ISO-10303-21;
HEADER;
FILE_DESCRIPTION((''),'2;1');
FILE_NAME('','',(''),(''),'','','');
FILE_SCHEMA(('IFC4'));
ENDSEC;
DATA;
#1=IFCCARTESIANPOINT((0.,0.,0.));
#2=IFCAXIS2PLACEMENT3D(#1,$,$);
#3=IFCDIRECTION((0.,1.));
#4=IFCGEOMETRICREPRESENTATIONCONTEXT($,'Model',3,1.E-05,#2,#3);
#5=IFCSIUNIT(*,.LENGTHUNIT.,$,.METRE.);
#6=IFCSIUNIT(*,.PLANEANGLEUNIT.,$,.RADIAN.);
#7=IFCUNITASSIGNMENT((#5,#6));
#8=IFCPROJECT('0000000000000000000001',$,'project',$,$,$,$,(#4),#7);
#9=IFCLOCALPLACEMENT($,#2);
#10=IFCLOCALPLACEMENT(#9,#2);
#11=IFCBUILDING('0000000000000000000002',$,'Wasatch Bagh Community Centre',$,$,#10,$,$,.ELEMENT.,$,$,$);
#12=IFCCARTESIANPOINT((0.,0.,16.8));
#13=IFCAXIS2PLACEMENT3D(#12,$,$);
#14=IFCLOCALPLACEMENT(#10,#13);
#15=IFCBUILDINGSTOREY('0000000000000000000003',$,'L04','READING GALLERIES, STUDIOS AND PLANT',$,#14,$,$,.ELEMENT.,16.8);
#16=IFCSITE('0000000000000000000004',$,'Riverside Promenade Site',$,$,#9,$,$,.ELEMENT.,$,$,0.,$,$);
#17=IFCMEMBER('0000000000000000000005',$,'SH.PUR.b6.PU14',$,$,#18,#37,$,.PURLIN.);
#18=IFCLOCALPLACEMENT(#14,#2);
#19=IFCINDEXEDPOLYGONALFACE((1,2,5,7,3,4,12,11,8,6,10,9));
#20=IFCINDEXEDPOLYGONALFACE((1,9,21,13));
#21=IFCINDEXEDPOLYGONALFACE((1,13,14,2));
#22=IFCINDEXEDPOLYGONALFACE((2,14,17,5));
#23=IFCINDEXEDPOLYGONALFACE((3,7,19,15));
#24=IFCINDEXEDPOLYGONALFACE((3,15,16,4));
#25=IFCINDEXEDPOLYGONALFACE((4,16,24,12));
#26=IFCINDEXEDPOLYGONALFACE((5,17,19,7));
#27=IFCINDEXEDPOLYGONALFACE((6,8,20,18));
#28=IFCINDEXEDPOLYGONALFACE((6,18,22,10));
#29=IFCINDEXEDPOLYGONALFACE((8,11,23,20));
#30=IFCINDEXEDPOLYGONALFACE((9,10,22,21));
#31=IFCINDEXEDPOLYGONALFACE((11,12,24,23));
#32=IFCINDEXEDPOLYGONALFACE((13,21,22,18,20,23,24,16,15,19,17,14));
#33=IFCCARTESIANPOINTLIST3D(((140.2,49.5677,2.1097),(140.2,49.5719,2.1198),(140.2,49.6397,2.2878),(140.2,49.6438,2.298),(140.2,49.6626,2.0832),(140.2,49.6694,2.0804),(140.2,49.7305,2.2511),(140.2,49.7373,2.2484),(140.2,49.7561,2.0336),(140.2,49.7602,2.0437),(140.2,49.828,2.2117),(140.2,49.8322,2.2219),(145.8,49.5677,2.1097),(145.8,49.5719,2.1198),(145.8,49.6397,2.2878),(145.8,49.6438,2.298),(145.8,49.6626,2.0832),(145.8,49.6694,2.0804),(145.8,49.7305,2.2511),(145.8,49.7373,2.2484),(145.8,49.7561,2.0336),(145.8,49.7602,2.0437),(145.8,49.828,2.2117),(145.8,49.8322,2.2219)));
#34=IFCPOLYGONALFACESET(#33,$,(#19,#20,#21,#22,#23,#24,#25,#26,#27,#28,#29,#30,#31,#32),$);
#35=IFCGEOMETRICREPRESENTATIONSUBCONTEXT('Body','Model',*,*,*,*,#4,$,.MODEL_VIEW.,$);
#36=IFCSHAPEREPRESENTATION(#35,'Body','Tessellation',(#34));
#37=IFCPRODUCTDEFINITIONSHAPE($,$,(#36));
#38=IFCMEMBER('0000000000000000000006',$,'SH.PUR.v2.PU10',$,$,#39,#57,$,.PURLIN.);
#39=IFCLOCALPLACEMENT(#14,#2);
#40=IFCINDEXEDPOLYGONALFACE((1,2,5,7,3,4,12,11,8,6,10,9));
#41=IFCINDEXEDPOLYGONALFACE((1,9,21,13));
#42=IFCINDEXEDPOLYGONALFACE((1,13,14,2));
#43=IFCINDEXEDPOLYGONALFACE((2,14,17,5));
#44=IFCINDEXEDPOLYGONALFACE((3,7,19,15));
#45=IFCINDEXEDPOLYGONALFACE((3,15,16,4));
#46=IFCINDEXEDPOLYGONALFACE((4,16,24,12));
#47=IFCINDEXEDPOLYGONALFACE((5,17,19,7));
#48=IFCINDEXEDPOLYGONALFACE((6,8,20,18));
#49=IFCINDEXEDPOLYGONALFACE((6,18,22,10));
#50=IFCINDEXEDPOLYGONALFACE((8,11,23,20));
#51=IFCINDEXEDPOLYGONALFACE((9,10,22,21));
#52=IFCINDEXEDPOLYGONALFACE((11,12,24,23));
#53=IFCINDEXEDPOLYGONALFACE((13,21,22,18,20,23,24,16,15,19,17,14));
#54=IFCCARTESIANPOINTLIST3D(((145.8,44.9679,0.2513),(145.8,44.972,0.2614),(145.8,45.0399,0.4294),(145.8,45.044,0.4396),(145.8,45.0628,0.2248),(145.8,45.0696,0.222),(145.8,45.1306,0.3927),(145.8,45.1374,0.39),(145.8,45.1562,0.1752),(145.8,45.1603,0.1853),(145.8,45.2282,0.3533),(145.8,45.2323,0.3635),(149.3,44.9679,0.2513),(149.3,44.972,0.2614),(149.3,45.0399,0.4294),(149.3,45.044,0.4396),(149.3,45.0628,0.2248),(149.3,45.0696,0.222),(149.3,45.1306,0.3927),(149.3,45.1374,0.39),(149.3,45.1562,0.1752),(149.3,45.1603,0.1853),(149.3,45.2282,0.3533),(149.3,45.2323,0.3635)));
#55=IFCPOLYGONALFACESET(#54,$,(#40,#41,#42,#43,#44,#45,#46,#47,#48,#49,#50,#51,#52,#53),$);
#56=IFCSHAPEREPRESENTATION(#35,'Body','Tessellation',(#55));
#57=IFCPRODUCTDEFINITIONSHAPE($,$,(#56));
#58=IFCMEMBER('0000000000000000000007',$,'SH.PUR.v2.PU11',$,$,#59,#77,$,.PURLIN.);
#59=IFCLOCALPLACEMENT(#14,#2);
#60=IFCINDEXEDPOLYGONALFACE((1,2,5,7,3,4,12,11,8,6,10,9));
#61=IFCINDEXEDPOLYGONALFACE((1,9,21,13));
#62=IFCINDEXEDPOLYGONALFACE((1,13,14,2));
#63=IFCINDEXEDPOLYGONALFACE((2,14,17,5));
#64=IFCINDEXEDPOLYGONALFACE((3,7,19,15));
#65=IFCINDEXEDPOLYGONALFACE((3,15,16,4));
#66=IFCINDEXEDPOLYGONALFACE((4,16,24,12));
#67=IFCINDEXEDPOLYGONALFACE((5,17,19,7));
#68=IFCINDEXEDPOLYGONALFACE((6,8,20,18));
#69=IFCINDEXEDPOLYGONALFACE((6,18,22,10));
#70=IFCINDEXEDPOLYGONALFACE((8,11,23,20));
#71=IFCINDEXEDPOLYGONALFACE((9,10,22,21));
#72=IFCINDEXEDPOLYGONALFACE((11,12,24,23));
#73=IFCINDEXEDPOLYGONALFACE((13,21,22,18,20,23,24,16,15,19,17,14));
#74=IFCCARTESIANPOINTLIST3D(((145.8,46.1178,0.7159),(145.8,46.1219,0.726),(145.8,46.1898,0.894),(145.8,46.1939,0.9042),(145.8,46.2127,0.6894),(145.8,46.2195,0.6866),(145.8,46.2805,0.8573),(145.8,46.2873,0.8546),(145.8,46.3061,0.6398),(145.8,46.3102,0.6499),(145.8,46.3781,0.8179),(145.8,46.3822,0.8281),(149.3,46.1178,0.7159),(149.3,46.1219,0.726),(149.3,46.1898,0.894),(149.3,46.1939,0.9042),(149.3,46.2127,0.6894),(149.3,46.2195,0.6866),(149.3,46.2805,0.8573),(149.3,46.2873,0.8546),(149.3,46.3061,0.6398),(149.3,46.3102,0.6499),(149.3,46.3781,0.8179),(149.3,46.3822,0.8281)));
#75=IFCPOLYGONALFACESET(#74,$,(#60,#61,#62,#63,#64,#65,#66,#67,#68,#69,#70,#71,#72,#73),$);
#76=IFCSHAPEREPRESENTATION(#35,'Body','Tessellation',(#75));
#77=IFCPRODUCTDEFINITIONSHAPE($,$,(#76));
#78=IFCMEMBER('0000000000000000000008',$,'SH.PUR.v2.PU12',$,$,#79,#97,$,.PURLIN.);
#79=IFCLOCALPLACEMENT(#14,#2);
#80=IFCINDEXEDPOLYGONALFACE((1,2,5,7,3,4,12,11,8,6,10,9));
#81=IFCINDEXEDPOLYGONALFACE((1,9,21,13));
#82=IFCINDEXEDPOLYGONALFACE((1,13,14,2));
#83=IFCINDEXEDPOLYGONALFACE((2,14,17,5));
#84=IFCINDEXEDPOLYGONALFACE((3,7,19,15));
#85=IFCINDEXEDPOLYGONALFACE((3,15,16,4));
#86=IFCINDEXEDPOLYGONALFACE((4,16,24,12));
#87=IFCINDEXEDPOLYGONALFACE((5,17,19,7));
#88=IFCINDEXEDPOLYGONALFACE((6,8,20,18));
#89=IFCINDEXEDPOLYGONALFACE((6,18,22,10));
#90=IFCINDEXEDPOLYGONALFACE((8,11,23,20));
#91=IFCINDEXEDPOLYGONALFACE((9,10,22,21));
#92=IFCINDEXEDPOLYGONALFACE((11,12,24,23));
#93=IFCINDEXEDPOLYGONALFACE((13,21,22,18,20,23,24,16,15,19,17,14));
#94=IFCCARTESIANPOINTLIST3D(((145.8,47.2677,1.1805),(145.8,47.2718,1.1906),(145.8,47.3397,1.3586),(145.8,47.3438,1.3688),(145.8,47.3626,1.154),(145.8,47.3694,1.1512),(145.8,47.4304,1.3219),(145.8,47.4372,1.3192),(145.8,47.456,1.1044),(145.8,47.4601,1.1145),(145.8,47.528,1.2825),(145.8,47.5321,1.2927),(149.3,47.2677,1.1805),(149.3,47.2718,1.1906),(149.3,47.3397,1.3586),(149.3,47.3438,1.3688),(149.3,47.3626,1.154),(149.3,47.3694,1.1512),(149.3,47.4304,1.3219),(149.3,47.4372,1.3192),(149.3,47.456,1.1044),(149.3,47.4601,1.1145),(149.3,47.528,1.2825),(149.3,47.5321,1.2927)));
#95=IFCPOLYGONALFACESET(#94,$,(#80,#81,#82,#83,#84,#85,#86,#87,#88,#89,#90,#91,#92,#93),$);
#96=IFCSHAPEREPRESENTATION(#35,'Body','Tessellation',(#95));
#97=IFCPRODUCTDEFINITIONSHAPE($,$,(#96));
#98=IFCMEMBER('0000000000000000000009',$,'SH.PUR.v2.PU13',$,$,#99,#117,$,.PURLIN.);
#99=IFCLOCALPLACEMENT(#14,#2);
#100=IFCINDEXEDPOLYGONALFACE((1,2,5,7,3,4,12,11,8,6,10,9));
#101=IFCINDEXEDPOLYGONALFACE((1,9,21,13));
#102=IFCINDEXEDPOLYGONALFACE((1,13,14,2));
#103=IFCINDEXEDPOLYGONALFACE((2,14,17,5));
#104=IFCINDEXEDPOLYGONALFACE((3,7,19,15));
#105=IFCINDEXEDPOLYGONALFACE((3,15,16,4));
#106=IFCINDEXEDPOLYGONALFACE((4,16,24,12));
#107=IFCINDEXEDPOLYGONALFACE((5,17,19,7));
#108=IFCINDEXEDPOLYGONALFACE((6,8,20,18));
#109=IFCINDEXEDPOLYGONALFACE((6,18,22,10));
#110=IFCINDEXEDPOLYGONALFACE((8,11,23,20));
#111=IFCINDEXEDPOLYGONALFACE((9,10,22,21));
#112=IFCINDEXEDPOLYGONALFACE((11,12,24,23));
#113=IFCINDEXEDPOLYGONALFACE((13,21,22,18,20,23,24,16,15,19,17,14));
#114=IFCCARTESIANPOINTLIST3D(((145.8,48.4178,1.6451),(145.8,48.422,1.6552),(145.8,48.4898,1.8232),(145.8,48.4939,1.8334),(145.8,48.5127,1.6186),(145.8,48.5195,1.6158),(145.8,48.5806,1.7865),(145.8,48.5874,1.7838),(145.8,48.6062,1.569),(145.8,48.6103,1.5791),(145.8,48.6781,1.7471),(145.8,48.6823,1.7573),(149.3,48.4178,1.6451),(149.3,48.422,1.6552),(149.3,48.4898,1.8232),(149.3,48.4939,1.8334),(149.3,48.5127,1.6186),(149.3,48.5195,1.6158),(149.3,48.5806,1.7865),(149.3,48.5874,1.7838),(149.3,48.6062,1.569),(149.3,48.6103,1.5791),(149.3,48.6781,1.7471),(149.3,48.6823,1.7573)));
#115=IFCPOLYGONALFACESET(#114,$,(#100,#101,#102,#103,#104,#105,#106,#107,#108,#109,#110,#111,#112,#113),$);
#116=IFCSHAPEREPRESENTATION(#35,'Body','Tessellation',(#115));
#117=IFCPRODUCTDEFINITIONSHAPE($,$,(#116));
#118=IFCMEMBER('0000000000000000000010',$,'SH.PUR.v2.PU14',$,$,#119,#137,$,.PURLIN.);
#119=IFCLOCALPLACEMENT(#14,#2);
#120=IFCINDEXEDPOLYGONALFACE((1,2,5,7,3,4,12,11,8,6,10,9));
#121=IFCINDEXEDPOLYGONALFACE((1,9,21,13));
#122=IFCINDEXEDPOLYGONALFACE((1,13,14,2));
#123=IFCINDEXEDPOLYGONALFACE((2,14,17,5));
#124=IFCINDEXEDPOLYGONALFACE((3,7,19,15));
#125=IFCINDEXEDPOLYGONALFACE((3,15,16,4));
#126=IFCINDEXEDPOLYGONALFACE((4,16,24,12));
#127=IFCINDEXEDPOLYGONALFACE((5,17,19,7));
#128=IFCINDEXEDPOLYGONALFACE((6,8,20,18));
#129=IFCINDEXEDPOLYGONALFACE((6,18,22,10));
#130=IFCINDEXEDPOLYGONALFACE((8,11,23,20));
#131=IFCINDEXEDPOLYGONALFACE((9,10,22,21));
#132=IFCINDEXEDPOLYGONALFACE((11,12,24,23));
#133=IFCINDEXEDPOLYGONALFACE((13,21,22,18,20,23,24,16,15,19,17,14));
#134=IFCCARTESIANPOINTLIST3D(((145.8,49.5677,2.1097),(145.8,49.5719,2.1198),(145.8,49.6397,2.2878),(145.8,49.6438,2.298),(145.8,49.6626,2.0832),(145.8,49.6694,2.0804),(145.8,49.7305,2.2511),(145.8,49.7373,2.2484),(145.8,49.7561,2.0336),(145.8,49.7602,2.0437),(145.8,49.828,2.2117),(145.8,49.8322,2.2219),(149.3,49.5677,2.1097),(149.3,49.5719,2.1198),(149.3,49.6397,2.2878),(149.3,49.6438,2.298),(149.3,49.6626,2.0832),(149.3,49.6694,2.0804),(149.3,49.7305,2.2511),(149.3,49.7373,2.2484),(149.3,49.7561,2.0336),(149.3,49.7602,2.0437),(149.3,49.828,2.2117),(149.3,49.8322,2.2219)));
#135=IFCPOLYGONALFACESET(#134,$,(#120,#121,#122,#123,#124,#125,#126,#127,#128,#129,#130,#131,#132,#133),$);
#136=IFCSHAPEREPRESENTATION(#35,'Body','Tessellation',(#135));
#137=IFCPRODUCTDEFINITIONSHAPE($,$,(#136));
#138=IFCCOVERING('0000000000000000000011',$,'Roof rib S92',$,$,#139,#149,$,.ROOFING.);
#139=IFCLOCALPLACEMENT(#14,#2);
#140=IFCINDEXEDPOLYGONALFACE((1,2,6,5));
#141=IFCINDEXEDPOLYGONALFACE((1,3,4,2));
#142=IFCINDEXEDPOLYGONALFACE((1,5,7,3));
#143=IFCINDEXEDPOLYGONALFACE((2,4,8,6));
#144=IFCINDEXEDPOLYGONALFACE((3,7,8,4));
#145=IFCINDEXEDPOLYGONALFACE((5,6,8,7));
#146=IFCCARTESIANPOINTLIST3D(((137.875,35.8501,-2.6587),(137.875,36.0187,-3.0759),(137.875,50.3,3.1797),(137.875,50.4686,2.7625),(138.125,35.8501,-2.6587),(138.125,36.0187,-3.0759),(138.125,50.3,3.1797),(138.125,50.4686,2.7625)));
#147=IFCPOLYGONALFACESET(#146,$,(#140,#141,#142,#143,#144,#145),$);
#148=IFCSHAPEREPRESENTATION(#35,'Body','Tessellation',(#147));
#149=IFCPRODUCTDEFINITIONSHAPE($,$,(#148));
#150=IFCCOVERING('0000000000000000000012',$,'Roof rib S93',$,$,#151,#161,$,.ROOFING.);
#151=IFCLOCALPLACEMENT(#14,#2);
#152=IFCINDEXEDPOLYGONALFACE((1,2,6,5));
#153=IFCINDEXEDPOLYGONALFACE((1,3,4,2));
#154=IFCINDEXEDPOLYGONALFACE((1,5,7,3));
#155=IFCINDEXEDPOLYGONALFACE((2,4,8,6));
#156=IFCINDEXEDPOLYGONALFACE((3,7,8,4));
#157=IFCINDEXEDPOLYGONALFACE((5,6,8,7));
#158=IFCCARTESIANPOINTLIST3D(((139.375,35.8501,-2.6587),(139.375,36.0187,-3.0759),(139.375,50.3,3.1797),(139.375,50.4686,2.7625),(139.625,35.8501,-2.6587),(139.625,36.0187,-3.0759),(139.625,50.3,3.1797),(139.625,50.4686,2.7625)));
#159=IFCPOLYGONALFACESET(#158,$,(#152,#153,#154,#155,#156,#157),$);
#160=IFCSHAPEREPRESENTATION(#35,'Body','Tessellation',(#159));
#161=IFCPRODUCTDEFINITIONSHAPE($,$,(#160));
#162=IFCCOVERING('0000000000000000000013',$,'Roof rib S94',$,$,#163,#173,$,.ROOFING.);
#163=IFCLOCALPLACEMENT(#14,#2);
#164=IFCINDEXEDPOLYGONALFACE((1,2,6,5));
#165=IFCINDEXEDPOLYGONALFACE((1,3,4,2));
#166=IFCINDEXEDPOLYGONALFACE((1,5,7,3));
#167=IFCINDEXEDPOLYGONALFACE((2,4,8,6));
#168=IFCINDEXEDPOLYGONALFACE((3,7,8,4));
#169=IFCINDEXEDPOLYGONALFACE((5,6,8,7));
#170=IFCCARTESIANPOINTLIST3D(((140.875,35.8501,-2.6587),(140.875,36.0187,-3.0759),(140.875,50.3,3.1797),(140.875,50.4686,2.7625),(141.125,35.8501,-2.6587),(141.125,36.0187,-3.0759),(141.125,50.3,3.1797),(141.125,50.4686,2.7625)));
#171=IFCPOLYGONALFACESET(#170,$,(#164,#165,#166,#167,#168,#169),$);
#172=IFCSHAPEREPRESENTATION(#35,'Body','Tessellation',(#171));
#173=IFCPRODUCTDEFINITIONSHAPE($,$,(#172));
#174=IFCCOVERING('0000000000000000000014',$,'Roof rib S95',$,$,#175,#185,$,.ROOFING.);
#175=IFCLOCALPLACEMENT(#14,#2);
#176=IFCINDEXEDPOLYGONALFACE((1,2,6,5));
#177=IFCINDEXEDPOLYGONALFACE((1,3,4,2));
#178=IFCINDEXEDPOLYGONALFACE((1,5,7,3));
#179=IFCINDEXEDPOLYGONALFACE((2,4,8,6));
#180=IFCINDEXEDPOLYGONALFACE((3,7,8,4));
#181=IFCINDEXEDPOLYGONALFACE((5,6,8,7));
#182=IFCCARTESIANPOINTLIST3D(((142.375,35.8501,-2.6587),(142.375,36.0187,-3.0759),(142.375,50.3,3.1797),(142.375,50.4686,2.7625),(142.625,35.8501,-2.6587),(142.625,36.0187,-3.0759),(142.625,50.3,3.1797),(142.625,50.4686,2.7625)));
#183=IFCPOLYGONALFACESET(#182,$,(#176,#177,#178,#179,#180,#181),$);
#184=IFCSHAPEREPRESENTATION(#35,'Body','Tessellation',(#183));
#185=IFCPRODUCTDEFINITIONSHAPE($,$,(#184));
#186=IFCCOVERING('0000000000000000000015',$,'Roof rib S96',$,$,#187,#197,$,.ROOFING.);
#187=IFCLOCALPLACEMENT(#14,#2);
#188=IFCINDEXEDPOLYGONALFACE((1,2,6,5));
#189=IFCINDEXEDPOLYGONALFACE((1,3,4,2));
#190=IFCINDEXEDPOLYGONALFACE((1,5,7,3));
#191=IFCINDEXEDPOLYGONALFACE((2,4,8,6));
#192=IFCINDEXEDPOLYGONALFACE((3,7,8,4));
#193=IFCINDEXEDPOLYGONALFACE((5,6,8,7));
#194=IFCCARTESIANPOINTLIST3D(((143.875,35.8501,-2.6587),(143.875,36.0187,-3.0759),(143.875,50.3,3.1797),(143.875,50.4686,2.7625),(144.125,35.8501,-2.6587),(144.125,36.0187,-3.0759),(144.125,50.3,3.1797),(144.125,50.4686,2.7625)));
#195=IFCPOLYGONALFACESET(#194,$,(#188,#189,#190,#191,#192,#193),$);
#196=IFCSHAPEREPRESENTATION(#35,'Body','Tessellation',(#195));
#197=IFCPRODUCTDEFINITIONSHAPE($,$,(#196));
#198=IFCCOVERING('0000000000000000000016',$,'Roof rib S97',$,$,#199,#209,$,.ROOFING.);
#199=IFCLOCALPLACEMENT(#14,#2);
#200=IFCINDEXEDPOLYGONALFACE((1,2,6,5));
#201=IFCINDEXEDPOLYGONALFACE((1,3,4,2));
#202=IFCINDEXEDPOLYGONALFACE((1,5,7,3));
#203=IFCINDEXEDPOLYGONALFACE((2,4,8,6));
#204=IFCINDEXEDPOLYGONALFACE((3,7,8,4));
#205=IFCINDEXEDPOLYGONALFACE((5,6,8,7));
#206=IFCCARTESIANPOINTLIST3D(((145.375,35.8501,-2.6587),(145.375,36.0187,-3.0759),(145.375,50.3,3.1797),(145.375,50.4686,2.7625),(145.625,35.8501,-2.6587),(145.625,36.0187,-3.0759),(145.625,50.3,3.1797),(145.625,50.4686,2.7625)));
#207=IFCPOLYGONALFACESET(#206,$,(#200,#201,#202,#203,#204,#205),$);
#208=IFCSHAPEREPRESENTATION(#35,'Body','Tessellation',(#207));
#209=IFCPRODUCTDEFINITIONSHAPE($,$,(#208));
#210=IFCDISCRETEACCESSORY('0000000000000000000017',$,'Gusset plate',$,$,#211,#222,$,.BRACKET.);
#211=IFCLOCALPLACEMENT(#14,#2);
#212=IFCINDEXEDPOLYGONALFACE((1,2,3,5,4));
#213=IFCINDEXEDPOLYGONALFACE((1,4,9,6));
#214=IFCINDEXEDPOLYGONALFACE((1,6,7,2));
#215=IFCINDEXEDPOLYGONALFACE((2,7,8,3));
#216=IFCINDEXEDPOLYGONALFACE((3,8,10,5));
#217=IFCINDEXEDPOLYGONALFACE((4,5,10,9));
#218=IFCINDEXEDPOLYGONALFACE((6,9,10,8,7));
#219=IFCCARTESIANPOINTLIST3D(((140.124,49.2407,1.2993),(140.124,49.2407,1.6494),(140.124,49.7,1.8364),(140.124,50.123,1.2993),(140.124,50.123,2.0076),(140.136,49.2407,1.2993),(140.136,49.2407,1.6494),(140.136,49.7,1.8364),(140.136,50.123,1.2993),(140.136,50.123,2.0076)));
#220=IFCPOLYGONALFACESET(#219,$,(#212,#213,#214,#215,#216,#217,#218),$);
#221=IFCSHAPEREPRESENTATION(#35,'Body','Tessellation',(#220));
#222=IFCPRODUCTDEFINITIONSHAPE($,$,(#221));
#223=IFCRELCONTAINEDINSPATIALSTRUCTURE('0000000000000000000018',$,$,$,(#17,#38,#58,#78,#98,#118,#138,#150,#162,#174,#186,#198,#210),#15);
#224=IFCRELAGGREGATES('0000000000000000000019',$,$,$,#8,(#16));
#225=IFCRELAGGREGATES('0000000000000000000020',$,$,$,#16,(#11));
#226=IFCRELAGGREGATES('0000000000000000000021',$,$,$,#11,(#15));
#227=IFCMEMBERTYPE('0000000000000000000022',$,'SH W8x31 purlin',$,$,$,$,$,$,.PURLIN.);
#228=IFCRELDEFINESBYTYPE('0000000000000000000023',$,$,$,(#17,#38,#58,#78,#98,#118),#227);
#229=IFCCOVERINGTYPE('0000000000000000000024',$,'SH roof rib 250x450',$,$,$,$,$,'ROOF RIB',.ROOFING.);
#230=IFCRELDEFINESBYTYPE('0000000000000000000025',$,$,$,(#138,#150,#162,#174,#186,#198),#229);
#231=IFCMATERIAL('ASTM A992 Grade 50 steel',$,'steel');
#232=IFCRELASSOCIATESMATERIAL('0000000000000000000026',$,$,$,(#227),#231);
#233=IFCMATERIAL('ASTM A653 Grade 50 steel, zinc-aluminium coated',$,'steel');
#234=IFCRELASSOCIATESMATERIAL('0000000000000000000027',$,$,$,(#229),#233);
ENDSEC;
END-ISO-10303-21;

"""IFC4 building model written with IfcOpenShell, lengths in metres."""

from ifc_helpers import new_model, si_unit, direction, frame, origin, origin_2d, place, context, subcontext, project, spatial, polyline, i_section, outline, extrude, material, material_profile, profile_set, type_object, element, save


model = new_model("IFC4")

# Units and contexts
model_context = context("Model", 3, precision=1e-05, world=origin(), true_north=direction((0.0, 1.0)))
body_context = subcontext(model_context, "Body", "Model", "MODEL_VIEW")
ifc_project = project(units=[si_unit("LENGTHUNIT", "METRE"), si_unit("PLANEANGLEUNIT", "RADIAN")], contexts=[model_context])

# Site, building, storey
site_placement = place(None, origin())
site = spatial("IfcSite", under=ifc_project, at=site_placement, Name="Riverside Promenade Site", CompositionType="ELEMENT", RefElevation=0.0)
building_placement = place(site_placement, origin())
building = spatial("IfcBuilding", under=site, at=building_placement, Name="Wasatch Bagh Community Centre", CompositionType="ELEMENT")
storey_placement = place(building_placement, frame((0.0, 0.0, 16.8)))
storey = spatial("IfcBuildingStorey", under=building, at=storey_placement, Name="L04", Description="READING GALLERIES, STUDIOS AND PLANT", CompositionType="ELEMENT", Elevation=16.8)

# Members
ifc_material_1 = material(Name="ASTM A992 Grade 50 steel", Category="steel")
ifc_material_profile_1 = material_profile(ifc_material_1, i_section(OverallWidth=0.2031, OverallDepth=0.2031, WebThickness=0.0073, FlangeThickness=0.011, at=origin_2d()), Name="W8x31")
ifc_profile_set_1 = profile_set([ifc_material_profile_1], Name="ASTM A992 Grade 50 steel")
member_type_1 = type_object("IfcMemberType", Name="SH W8x31 purlin", PredefinedType="PURLIN", material=ifc_profile_set_1)
for number, where, z_axis, x_axis, name in (
    (1, (140.2, 49.7, 2.1658), (1.0, 0.0, 0.0), (0.0, 0.927184, -0.374607), "SH.PUR.b6.PU14"),
):
    element("IfcMember", number, at=place(storey_placement, frame(where, z_axis=z_axis, x_axis=x_axis)), inside=storey, type_object=member_type_1, Name=name, PredefinedType="PURLIN", context=body_context, shape_type="SweptSolid", body=[
        extrude(i_section(OverallWidth=0.2031, OverallDepth=0.2031, WebThickness=0.0073, FlangeThickness=0.011, at=origin_2d()), origin(), (0.0, 0.0, 1.0), 5.6001),
    ])
for number, where, z_axis, x_axis, name in (
    (2, (145.8, 45.1001, 0.3074), (1.0, 0.0, 0.0), (0.0, 0.927184, -0.374607), "SH.PUR.v2.PU10"),
    (3, (145.8, 46.25, 0.772), (1.0, 0.0, 0.0), (0.0, 0.927184, -0.374607), "SH.PUR.v2.PU11"),
    (4, (145.8, 47.3999, 1.2366), (1.0, 0.0, 0.0), (0.0, 0.927184, -0.374607), "SH.PUR.v2.PU12"),
    (5, (145.8, 48.55, 1.7012), (1.0, 0.0, 0.0), (0.0, 0.927184, -0.374607), "SH.PUR.v2.PU13"),
    (6, (145.8, 49.7, 2.1658), (1.0, 0.0, 0.0), (0.0, 0.927184, -0.374607), "SH.PUR.v2.PU14"),
):
    element("IfcMember", number, at=place(storey_placement, frame(where, z_axis=z_axis, x_axis=x_axis)), inside=storey, type_object=member_type_1, Name=name, PredefinedType="PURLIN", context=body_context, shape_type="SweptSolid", body=[
        extrude(i_section(OverallWidth=0.2031, OverallDepth=0.2031, WebThickness=0.0073, FlangeThickness=0.011, at=origin_2d()), origin(), (0.0, 0.0, 1.0), 3.5),
    ])

# Coverings
ifc_material_2 = material(Name="ASTM A653 Grade 50 steel, zinc-aluminium coated", Category="steel")
covering_type = type_object("IfcCoveringType", Name="SH roof rib 250x450", ElementType="ROOF RIB", PredefinedType="ROOFING", material=ifc_material_2)
for number, where, z_axis, x_axis, name in (
    (7, (137.875, 35.8501, -2.6587), (0.0, -0.374619, 0.927179), (0.0, 0.927179, 0.374619), "Roof rib S92"),
    (8, (139.375, 35.8501, -2.6587), (0.0, -0.374619, 0.927179), (0.0, 0.927179, 0.374619), "Roof rib S93"),
    (9, (140.875, 35.8501, -2.6587), (0.0, -0.374619, 0.927179), (0.0, 0.927179, 0.374619), "Roof rib S94"),
    (10, (142.375, 35.8501, -2.6587), (0.0, -0.374619, 0.927179), (0.0, 0.927179, 0.374619), "Roof rib S95"),
    (11, (143.875, 35.8501, -2.6587), (0.0, -0.374619, 0.927179), (0.0, 0.927179, 0.374619), "Roof rib S96"),
    (12, (145.375, 35.8501, -2.6587), (0.0, -0.374619, 0.927179), (0.0, 0.927179, 0.374619), "Roof rib S97"),
):
    element("IfcCovering", number, at=place(storey_placement, frame(where, z_axis=z_axis, x_axis=x_axis)), inside=storey, type_object=covering_type, Name=name, PredefinedType="ROOFING", context=body_context, shape_type="SweptSolid", body=[
        extrude(outline(polyline([(0.0, 0.0), (15.5849, 0.0), (15.5849, -0.25), (0.0, -0.25), (0.0, 0.0)])), origin(), (0.0, 0.0, -1.0), 0.45),
    ])

# Discrete accessory
for number, where, z_axis, x_axis, name in (
    (13, (140.124, 49.2407, 1.6494), (-1.0, 0.0, 0.0), (0.0, 0.92615, 0.377156), "Gusset plate"),
):
    element("IfcDiscreteAccessory", number, at=place(storey_placement, frame(where, z_axis=z_axis, x_axis=x_axis)), inside=storey, Name=name, PredefinedType="BRACKET", context=body_context, shape_type="SweptSolid", body=[
        extrude(outline(polyline([(0.0, 0.0), (0.4958, 0.0), (0.9522, 0.0011), (0.6851, 0.657), (-0.132, 0.3242), (0.0, 0.0)])), origin(), (0.0, 0.0, -1.0), 0.012),
    ])

save(model, "model.ifc")
